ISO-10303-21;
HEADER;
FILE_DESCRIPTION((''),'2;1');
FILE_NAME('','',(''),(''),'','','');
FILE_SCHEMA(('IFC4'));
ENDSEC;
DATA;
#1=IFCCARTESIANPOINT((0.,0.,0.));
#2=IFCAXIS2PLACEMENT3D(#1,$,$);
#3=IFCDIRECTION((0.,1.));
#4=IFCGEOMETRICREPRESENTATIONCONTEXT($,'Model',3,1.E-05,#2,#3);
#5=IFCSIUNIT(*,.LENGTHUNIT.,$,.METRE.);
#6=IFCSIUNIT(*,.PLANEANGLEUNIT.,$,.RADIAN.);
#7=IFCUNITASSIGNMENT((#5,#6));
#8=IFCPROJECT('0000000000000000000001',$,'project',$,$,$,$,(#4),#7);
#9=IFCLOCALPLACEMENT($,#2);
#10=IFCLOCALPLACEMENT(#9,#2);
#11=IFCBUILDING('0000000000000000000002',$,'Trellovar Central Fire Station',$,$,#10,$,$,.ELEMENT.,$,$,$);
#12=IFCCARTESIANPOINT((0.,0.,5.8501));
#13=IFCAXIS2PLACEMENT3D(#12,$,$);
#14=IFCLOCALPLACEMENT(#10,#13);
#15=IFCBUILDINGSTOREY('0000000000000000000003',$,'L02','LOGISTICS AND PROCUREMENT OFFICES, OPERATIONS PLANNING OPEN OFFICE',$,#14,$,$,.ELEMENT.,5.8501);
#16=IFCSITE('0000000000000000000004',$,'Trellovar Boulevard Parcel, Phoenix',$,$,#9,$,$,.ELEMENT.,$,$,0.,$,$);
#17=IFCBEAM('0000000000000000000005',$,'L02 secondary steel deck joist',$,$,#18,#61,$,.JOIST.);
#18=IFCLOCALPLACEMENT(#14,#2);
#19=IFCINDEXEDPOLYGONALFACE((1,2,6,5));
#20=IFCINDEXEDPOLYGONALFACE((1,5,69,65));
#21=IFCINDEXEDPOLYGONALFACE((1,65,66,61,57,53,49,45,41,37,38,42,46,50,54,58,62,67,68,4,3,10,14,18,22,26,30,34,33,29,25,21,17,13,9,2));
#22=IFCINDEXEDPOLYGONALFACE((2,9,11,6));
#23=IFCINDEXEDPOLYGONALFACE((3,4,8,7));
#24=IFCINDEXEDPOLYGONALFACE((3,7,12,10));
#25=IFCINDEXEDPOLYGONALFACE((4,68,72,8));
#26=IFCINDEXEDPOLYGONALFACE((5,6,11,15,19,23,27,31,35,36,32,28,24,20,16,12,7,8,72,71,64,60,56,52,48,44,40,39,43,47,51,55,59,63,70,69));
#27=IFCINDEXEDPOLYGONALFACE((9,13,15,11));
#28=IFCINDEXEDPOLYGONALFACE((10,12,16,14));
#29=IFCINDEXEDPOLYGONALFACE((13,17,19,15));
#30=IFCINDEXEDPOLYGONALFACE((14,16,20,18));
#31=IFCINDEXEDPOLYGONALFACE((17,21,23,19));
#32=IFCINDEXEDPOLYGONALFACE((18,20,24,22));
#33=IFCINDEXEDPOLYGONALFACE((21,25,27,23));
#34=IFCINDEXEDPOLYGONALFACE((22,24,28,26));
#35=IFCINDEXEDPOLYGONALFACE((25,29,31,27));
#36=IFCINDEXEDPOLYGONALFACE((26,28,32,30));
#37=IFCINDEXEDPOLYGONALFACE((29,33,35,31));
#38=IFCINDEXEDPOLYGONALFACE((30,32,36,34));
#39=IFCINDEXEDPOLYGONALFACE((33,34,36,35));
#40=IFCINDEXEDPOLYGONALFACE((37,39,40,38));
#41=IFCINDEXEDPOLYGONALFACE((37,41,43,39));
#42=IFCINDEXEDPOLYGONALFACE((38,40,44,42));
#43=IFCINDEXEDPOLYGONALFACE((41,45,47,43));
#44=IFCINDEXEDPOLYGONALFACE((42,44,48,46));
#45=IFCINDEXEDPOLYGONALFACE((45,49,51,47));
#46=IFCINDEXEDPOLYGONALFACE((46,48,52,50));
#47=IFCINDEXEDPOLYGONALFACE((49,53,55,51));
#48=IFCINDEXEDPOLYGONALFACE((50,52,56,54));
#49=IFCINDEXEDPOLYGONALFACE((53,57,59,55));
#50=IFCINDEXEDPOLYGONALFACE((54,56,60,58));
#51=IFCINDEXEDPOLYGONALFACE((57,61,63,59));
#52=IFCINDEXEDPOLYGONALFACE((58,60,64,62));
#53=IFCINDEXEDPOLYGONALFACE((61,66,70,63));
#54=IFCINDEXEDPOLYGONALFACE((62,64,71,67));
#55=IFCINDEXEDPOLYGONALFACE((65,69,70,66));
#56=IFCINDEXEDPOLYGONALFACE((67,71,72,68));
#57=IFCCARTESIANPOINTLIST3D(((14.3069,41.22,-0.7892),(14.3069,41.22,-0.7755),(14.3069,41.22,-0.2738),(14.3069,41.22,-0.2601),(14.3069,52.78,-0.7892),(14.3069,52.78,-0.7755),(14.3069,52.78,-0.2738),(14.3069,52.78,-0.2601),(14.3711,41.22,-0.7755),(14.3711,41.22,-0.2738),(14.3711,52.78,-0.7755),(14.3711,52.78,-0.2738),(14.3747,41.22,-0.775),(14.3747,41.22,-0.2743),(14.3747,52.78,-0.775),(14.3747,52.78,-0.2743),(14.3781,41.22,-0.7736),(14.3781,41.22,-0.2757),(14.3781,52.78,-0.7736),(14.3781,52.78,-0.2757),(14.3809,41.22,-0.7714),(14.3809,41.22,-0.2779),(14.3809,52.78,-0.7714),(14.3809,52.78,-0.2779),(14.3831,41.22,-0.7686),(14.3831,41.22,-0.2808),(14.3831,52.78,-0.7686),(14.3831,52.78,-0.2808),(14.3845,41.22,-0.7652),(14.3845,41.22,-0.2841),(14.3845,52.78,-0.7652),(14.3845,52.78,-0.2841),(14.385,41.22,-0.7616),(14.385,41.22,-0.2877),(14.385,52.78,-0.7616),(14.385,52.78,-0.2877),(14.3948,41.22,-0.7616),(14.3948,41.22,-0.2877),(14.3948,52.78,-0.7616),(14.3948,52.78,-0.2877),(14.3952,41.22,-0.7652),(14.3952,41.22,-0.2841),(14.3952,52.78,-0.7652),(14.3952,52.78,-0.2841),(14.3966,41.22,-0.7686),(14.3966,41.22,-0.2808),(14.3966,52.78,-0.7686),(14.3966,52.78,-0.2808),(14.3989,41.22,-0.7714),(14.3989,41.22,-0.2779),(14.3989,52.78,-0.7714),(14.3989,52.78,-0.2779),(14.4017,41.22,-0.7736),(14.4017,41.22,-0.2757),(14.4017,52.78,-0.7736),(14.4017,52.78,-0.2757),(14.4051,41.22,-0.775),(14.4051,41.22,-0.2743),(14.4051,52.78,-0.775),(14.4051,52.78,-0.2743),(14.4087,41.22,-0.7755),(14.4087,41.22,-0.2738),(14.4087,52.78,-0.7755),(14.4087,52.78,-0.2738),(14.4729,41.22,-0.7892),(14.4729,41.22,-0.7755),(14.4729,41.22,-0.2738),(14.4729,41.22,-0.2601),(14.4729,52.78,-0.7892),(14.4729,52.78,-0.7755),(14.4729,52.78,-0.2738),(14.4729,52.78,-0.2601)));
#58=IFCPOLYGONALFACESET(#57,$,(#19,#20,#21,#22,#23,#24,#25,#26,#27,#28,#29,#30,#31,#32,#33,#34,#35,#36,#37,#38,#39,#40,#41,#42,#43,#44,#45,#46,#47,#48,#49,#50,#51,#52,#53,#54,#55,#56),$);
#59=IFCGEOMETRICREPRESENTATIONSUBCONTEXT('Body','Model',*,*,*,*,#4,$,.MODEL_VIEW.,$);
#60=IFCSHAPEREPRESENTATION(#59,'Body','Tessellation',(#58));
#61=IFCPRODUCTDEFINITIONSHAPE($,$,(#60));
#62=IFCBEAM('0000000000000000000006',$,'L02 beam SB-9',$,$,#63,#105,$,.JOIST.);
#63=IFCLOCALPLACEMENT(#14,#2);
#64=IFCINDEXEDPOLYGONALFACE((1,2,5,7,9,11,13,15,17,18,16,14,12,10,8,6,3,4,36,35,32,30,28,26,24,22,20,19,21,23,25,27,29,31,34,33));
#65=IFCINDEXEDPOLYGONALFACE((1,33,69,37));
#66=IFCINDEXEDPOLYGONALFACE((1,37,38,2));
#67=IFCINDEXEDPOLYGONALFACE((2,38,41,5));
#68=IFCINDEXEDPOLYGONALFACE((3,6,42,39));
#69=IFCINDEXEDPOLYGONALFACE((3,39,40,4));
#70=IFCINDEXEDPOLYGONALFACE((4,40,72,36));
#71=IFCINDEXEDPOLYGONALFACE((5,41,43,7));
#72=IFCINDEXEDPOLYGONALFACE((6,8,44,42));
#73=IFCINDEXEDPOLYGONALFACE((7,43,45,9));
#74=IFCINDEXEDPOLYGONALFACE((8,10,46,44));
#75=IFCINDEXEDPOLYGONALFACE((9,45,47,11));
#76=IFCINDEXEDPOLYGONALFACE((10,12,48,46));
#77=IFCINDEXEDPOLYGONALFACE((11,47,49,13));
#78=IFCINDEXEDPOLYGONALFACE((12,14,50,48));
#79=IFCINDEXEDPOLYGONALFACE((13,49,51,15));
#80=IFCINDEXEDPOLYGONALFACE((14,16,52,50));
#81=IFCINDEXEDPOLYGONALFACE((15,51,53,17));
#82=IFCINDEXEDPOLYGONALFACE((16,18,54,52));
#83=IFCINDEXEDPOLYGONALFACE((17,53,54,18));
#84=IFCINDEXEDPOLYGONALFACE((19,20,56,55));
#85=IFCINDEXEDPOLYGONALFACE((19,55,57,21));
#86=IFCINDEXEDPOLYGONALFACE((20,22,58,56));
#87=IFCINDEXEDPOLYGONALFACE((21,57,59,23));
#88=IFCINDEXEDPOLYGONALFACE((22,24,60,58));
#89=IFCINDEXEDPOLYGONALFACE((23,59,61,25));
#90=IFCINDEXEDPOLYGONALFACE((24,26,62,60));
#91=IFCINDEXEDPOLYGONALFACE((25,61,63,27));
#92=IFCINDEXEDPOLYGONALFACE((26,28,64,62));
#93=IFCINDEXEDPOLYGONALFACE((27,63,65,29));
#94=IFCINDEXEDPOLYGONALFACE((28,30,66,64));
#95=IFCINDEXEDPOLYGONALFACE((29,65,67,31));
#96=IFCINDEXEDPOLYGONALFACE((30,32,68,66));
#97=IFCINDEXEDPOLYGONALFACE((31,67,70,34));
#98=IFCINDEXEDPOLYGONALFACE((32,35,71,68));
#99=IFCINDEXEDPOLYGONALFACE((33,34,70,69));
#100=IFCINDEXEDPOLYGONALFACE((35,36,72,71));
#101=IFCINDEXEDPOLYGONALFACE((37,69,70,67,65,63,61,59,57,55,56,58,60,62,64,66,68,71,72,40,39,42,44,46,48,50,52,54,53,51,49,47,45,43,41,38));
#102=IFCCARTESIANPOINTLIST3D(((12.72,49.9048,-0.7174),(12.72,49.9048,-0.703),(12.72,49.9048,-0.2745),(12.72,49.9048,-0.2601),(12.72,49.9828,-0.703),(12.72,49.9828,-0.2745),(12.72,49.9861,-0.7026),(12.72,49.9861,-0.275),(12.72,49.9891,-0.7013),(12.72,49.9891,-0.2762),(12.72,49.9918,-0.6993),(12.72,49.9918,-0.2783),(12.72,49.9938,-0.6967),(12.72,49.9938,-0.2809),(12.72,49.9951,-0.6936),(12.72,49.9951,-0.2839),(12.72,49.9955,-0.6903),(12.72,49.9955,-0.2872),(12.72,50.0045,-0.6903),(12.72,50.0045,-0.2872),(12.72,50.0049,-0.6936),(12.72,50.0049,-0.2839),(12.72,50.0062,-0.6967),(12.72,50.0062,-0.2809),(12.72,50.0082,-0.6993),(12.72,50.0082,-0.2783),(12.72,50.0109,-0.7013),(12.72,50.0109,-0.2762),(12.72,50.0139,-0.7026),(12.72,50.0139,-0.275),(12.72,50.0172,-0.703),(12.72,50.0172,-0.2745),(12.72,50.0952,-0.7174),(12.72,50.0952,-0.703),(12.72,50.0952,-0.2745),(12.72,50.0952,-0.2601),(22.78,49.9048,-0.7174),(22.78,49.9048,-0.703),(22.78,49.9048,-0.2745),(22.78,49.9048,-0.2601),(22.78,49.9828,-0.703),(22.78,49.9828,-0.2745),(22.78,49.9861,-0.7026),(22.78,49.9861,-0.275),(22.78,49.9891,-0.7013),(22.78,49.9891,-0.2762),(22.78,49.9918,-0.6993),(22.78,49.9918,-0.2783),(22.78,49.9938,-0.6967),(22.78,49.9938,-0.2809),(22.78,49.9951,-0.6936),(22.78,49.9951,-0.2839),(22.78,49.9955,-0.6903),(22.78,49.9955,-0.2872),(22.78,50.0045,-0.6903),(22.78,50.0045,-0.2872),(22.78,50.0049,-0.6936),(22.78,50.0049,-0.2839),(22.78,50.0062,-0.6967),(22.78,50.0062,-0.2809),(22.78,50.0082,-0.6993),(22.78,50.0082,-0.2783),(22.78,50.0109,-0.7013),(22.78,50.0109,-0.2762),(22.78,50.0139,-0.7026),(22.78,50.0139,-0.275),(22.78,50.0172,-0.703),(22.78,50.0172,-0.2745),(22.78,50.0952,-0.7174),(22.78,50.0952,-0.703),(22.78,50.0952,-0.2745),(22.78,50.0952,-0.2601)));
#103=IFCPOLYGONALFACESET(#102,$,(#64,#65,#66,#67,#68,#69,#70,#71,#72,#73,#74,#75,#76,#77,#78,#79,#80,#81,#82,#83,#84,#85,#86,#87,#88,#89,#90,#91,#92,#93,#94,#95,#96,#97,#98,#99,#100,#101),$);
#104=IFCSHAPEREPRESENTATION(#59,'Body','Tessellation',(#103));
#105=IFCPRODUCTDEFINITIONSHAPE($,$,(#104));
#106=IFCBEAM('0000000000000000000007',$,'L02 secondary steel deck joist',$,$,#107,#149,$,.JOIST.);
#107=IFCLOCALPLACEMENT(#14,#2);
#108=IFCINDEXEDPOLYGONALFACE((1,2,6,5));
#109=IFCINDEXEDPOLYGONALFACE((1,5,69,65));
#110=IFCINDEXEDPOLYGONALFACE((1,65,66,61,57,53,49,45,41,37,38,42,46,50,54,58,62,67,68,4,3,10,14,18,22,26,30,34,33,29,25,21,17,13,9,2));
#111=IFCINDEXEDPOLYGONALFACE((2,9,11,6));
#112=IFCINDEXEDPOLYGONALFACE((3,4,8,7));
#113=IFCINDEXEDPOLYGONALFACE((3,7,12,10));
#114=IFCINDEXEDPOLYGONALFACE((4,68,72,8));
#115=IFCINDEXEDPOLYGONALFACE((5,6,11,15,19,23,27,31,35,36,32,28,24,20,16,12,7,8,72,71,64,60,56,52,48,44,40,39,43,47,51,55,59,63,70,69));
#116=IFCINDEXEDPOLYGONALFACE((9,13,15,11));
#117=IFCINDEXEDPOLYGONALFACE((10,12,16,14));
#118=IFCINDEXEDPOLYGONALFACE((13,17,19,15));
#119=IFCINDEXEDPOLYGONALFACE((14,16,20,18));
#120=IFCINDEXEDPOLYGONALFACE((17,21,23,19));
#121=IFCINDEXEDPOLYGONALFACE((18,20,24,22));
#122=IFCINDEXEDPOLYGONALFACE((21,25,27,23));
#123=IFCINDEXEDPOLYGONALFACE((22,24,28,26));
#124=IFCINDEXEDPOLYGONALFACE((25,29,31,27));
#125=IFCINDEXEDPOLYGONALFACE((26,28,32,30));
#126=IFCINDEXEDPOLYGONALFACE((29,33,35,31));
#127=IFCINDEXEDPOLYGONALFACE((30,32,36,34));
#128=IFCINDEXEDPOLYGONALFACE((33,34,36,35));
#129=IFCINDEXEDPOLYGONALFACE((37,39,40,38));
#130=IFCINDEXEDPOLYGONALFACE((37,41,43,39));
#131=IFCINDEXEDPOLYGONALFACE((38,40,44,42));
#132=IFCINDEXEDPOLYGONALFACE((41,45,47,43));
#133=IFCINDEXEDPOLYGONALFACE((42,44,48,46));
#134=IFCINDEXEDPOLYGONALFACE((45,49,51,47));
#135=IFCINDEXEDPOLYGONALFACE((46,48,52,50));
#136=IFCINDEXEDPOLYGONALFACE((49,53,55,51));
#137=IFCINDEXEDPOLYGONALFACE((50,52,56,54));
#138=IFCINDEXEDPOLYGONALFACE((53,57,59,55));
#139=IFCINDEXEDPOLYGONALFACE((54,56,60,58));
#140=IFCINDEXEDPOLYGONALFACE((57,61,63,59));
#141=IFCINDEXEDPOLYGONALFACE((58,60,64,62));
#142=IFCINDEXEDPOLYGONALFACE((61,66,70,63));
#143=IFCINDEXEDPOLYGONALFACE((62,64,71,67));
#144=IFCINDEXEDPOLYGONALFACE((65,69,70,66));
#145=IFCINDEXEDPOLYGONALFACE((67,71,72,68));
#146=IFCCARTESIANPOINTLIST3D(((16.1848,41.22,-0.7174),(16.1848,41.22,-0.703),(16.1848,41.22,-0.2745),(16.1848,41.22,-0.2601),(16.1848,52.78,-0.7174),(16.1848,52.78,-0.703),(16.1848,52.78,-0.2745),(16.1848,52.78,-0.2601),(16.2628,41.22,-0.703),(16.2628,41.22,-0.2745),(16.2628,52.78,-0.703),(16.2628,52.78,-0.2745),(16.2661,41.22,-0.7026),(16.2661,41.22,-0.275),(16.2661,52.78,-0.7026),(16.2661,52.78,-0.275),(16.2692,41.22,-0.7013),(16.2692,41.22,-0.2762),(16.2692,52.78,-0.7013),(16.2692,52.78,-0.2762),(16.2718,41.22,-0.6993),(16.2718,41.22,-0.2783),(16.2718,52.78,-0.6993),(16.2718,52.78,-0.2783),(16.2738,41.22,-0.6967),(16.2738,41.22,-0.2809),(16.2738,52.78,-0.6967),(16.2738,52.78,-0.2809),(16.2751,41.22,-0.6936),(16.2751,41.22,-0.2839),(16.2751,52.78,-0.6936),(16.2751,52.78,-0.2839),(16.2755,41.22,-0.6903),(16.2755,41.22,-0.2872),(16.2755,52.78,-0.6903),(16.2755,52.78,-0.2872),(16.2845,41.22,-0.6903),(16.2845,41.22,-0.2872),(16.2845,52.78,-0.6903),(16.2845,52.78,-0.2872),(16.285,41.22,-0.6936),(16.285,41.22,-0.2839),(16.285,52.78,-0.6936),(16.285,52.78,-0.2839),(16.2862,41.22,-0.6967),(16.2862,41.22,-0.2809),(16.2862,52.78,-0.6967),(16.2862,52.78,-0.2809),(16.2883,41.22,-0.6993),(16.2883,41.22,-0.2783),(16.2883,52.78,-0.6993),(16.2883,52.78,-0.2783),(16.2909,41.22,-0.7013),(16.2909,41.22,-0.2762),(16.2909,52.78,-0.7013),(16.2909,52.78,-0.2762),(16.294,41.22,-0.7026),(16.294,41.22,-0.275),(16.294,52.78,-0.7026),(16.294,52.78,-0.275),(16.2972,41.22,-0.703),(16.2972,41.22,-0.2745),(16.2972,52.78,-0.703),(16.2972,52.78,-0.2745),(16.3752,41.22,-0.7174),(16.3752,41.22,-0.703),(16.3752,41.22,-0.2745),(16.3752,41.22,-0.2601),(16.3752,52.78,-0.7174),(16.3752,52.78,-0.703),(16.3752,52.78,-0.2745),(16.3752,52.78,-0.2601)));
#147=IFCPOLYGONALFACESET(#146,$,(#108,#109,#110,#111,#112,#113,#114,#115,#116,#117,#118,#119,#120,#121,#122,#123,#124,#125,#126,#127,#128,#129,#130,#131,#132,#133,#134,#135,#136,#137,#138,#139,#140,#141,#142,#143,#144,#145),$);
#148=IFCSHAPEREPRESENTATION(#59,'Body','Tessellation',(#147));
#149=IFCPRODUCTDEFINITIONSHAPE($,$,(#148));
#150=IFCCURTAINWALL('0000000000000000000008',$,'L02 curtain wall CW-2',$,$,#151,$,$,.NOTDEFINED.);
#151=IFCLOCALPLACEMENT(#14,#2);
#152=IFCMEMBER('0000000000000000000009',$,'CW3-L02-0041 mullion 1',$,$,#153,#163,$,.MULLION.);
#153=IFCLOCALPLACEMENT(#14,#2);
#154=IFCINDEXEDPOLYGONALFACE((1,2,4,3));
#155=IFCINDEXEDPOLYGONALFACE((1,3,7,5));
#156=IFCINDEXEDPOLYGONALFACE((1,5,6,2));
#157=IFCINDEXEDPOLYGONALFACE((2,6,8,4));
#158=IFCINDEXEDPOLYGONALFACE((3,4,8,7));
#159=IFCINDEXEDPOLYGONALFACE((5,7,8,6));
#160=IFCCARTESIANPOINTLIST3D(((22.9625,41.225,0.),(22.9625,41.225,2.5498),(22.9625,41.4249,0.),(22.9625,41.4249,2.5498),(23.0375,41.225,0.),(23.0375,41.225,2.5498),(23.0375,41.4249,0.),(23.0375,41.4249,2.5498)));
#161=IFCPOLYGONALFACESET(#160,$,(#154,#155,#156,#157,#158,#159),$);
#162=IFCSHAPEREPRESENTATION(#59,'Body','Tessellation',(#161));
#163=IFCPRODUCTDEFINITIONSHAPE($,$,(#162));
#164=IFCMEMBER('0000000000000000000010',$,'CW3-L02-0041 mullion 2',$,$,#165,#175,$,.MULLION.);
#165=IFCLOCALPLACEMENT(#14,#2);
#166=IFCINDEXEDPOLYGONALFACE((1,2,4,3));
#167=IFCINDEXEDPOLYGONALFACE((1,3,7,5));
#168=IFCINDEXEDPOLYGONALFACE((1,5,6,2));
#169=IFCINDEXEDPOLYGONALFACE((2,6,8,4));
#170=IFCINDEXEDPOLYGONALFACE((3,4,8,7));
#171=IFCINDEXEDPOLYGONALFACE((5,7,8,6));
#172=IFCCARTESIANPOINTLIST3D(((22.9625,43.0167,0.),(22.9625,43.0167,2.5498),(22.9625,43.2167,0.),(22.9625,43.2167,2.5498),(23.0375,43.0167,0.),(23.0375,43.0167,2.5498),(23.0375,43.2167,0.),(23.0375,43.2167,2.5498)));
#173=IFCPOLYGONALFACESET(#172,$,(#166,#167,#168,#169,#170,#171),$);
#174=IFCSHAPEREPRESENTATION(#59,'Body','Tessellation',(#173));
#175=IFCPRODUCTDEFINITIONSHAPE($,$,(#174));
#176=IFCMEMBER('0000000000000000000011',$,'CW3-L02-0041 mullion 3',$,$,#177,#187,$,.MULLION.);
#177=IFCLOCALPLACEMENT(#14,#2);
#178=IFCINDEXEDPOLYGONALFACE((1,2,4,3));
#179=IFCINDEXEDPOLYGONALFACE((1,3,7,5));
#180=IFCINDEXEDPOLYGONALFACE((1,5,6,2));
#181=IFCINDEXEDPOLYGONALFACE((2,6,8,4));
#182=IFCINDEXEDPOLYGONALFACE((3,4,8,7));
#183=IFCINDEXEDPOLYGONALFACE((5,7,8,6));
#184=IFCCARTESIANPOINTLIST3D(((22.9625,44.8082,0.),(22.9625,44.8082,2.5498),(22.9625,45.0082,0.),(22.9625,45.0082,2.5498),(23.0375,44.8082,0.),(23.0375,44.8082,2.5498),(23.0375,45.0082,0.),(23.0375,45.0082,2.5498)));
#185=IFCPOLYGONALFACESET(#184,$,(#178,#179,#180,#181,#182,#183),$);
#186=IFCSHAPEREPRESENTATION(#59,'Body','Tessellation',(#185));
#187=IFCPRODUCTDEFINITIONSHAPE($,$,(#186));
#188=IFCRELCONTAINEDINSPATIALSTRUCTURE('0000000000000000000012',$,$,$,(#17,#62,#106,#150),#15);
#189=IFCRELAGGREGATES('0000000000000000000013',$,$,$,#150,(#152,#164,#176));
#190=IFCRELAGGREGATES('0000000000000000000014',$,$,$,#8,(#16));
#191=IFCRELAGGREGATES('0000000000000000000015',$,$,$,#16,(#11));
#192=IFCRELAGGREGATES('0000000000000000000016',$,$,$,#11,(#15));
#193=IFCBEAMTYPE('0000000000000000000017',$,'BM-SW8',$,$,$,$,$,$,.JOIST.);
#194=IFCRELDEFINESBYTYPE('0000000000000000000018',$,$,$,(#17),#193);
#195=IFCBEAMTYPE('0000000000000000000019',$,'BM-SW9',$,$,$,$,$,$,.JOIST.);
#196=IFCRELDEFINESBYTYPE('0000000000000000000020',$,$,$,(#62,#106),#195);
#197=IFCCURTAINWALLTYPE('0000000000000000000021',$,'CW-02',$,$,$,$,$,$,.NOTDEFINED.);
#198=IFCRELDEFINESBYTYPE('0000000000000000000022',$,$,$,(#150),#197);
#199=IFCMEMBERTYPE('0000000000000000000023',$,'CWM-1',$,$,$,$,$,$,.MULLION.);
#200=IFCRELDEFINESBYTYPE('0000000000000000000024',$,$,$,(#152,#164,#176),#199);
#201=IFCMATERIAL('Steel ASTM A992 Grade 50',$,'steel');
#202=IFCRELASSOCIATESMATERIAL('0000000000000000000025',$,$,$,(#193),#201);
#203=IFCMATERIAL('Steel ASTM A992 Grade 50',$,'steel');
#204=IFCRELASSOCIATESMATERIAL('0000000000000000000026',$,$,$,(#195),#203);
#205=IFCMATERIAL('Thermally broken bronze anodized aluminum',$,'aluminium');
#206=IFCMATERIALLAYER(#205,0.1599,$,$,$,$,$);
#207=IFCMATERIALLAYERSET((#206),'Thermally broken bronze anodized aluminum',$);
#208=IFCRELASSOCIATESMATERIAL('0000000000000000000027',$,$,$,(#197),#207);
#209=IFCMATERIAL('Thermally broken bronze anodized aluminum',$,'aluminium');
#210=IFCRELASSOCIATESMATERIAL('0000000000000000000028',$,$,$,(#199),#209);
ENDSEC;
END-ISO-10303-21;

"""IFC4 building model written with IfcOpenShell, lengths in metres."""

from ifc_helpers import new_model, si_unit, direction, frame, origin, origin_2d, place, context, subcontext, project, spatial, rectangle, i_section, extrude, material, layer, layer_set, material_profile, profile_set, type_object, element, aggregate, save


model = new_model("IFC4")

# Units and contexts
model_context = context("Model", 3, precision=1e-05, world=origin(), true_north=direction((0.0, 1.0)))
body_context = subcontext(model_context, "Body", "Model", "MODEL_VIEW")
ifc_project = project(units=[si_unit("LENGTHUNIT", "METRE"), si_unit("PLANEANGLEUNIT", "RADIAN")], contexts=[model_context])

# Site, building, storey
site_placement = place(None, origin())
site = spatial("IfcSite", under=ifc_project, at=site_placement, Name="Trellovar Boulevard Parcel, Phoenix", CompositionType="ELEMENT", RefElevation=0.0)
building_placement = place(site_placement, origin())
building = spatial("IfcBuilding", under=site, at=building_placement, Name="Trellovar Central Fire Station", CompositionType="ELEMENT")
storey_placement = place(building_placement, frame((0.0, 0.0, 5.8501)))
storey = spatial("IfcBuildingStorey", under=building, at=storey_placement, Name="L02", Description="LOGISTICS AND PROCUREMENT OFFICES, OPERATIONS PLANNING OPEN OFFICE", CompositionType="ELEMENT", Elevation=5.8501)

# Beams
ifc_material_1 = material(Name="Steel ASTM A992 Grade 50", Category="steel")
ifc_material_profile_1 = material_profile(ifc_material_1, i_section(OverallWidth=0.166, OverallDepth=0.5291, WebThickness=0.0098, FlangeThickness=0.0137, FilletRadius=0.0139, at=origin_2d()), Name="W21X50")
ifc_profile_set_1 = profile_set([ifc_material_profile_1], Name="Steel ASTM A992 Grade 50")
beam_type_1 = type_object("IfcBeamType", Name="BM-SW8", PredefinedType="JOIST", material=ifc_profile_set_1)
beam_1_placement = place(storey_placement, frame((14.3899, 41.22, -0.5247), z_axis=(0.0, 1.0, 0.0), x_axis=(-1.0, 0.0, 0.0)))
element("IfcBeam", 1, at=beam_1_placement, inside=storey, type_object=beam_type_1, Name="L02 secondary steel deck joist", PredefinedType="JOIST", context=body_context, shape_type="SweptSolid", body=[
    extrude(i_section(OverallWidth=0.166, OverallDepth=0.5291, WebThickness=0.0098, FlangeThickness=0.0137, FilletRadius=0.0139, at=origin_2d()), origin(), (0.0, 0.0, 1.0), 11.5601),
])
ifc_material_2 = material(Name="Steel ASTM A992 Grade 50", Category="steel")
ifc_material_profile_2 = material_profile(ifc_material_2, i_section(OverallWidth=0.1904, OverallDepth=0.4573, WebThickness=0.009, FlangeThickness=0.0144, FilletRadius=0.0127, at=origin_2d()), Name="W18X50")
ifc_profile_set_2 = profile_set([ifc_material_profile_2], Name="Steel ASTM A992 Grade 50")
beam_type_2 = type_object("IfcBeamType", Name="BM-SW9", PredefinedType="JOIST", material=ifc_profile_set_2)
beam_2_placement = place(storey_placement, frame((12.72, 50.0, -0.4888), z_axis=(1.0, 0.0, 0.0), x_axis=(0.0, 1.0, 0.0)))
element("IfcBeam", 2, at=beam_2_placement, inside=storey, type_object=beam_type_2, Name="L02 beam SB-9", PredefinedType="JOIST", context=body_context, shape_type="SweptSolid", body=[
    extrude(i_section(OverallWidth=0.1904, OverallDepth=0.4573, WebThickness=0.009, FlangeThickness=0.0144, FilletRadius=0.0127, at=origin_2d()), origin(), (0.0, 0.0, 1.0), 10.0601),
])
beam_3_placement = place(storey_placement, frame((16.28, 41.22, -0.4888), z_axis=(0.0, 1.0, 0.0), x_axis=(-1.0, 0.0, 0.0)))
element("IfcBeam", 3, at=beam_3_placement, inside=storey, type_object=beam_type_2, Name="L02 secondary steel deck joist", PredefinedType="JOIST", context=body_context, shape_type="SweptSolid", body=[
    extrude(i_section(OverallWidth=0.1904, OverallDepth=0.4573, WebThickness=0.009, FlangeThickness=0.0144, FilletRadius=0.0127, at=origin_2d()), origin(), (0.0, 0.0, 1.0), 11.5601),
])

# Curtain wall, members
ifc_material_3 = material(Name="Thermally broken bronze anodized aluminum", Category="aluminium")
ifc_layer_1 = layer(ifc_material_3, 0.1599)
ifc_layer_set_1 = layer_set([ifc_layer_1], Name="Thermally broken bronze anodized aluminum")
curtain_wall_type_1 = type_object("IfcCurtainWallType", Name="CW-02", PredefinedType="NOTDEFINED", material=ifc_layer_set_1)
curtain_wall_1_placement = place(storey_placement, origin())
curtain_wall_1 = element("IfcCurtainWall", 4, at=curtain_wall_1_placement, inside=storey, type_object=curtain_wall_type_1, Name="L02 curtain wall CW-2", PredefinedType="NOTDEFINED")
ifc_material_4 = material(Name="Thermally broken bronze anodized aluminum", Category="aluminium")
ifc_material_profile_3 = material_profile(ifc_material_4, rectangle(XDim=0.075, YDim=0.2, at=origin_2d()), Name="ALU75X200")
ifc_profile_set_3 = profile_set([ifc_material_profile_3], Name="Thermally broken bronze anodized aluminum")
member_type_1 = type_object("IfcMemberType", Name="CWM-1", PredefinedType="MULLION", material=ifc_profile_set_3)
member_1_placement = place(storey_placement, frame((23.0, 41.325, 0.0), z_axis=(0.0, 0.0, 1.0), x_axis=(1.0, 0.0, 0.0)))
member_1 = element("IfcMember", 5, at=member_1_placement, type_object=member_type_1, Name="CW3-L02-0041 mullion 1", PredefinedType="MULLION", context=body_context, shape_type="SweptSolid", body=[
    extrude(rectangle(XDim=0.075, YDim=0.2, at=origin_2d()), origin(), (0.0, 0.0, 1.0), 2.5498),
])
member_2_placement = place(storey_placement, frame((23.0, 43.1167, 0.0), z_axis=(0.0, 0.0, 1.0), x_axis=(1.0, 0.0, 0.0)))
member_2 = element("IfcMember", 6, at=member_2_placement, type_object=member_type_1, Name="CW3-L02-0041 mullion 2", PredefinedType="MULLION", context=body_context, shape_type="SweptSolid", body=[
    extrude(rectangle(XDim=0.075, YDim=0.2, at=origin_2d()), origin(), (0.0, 0.0, 1.0), 2.5498),
])
member_3_placement = place(storey_placement, frame((23.0, 44.9082, 0.0), z_axis=(0.0, 0.0, 1.0), x_axis=(1.0, 0.0, 0.0)))
member_3 = element("IfcMember", 7, at=member_3_placement, type_object=member_type_1, Name="CW3-L02-0041 mullion 3", PredefinedType="MULLION", context=body_context, shape_type="SweptSolid", body=[
    extrude(rectangle(XDim=0.075, YDim=0.2, at=origin_2d()), origin(), (0.0, 0.0, 1.0), 2.5498),
])

aggregate(curtain_wall_1, [member_1, member_2, member_3])

save(model, "model.ifc")
